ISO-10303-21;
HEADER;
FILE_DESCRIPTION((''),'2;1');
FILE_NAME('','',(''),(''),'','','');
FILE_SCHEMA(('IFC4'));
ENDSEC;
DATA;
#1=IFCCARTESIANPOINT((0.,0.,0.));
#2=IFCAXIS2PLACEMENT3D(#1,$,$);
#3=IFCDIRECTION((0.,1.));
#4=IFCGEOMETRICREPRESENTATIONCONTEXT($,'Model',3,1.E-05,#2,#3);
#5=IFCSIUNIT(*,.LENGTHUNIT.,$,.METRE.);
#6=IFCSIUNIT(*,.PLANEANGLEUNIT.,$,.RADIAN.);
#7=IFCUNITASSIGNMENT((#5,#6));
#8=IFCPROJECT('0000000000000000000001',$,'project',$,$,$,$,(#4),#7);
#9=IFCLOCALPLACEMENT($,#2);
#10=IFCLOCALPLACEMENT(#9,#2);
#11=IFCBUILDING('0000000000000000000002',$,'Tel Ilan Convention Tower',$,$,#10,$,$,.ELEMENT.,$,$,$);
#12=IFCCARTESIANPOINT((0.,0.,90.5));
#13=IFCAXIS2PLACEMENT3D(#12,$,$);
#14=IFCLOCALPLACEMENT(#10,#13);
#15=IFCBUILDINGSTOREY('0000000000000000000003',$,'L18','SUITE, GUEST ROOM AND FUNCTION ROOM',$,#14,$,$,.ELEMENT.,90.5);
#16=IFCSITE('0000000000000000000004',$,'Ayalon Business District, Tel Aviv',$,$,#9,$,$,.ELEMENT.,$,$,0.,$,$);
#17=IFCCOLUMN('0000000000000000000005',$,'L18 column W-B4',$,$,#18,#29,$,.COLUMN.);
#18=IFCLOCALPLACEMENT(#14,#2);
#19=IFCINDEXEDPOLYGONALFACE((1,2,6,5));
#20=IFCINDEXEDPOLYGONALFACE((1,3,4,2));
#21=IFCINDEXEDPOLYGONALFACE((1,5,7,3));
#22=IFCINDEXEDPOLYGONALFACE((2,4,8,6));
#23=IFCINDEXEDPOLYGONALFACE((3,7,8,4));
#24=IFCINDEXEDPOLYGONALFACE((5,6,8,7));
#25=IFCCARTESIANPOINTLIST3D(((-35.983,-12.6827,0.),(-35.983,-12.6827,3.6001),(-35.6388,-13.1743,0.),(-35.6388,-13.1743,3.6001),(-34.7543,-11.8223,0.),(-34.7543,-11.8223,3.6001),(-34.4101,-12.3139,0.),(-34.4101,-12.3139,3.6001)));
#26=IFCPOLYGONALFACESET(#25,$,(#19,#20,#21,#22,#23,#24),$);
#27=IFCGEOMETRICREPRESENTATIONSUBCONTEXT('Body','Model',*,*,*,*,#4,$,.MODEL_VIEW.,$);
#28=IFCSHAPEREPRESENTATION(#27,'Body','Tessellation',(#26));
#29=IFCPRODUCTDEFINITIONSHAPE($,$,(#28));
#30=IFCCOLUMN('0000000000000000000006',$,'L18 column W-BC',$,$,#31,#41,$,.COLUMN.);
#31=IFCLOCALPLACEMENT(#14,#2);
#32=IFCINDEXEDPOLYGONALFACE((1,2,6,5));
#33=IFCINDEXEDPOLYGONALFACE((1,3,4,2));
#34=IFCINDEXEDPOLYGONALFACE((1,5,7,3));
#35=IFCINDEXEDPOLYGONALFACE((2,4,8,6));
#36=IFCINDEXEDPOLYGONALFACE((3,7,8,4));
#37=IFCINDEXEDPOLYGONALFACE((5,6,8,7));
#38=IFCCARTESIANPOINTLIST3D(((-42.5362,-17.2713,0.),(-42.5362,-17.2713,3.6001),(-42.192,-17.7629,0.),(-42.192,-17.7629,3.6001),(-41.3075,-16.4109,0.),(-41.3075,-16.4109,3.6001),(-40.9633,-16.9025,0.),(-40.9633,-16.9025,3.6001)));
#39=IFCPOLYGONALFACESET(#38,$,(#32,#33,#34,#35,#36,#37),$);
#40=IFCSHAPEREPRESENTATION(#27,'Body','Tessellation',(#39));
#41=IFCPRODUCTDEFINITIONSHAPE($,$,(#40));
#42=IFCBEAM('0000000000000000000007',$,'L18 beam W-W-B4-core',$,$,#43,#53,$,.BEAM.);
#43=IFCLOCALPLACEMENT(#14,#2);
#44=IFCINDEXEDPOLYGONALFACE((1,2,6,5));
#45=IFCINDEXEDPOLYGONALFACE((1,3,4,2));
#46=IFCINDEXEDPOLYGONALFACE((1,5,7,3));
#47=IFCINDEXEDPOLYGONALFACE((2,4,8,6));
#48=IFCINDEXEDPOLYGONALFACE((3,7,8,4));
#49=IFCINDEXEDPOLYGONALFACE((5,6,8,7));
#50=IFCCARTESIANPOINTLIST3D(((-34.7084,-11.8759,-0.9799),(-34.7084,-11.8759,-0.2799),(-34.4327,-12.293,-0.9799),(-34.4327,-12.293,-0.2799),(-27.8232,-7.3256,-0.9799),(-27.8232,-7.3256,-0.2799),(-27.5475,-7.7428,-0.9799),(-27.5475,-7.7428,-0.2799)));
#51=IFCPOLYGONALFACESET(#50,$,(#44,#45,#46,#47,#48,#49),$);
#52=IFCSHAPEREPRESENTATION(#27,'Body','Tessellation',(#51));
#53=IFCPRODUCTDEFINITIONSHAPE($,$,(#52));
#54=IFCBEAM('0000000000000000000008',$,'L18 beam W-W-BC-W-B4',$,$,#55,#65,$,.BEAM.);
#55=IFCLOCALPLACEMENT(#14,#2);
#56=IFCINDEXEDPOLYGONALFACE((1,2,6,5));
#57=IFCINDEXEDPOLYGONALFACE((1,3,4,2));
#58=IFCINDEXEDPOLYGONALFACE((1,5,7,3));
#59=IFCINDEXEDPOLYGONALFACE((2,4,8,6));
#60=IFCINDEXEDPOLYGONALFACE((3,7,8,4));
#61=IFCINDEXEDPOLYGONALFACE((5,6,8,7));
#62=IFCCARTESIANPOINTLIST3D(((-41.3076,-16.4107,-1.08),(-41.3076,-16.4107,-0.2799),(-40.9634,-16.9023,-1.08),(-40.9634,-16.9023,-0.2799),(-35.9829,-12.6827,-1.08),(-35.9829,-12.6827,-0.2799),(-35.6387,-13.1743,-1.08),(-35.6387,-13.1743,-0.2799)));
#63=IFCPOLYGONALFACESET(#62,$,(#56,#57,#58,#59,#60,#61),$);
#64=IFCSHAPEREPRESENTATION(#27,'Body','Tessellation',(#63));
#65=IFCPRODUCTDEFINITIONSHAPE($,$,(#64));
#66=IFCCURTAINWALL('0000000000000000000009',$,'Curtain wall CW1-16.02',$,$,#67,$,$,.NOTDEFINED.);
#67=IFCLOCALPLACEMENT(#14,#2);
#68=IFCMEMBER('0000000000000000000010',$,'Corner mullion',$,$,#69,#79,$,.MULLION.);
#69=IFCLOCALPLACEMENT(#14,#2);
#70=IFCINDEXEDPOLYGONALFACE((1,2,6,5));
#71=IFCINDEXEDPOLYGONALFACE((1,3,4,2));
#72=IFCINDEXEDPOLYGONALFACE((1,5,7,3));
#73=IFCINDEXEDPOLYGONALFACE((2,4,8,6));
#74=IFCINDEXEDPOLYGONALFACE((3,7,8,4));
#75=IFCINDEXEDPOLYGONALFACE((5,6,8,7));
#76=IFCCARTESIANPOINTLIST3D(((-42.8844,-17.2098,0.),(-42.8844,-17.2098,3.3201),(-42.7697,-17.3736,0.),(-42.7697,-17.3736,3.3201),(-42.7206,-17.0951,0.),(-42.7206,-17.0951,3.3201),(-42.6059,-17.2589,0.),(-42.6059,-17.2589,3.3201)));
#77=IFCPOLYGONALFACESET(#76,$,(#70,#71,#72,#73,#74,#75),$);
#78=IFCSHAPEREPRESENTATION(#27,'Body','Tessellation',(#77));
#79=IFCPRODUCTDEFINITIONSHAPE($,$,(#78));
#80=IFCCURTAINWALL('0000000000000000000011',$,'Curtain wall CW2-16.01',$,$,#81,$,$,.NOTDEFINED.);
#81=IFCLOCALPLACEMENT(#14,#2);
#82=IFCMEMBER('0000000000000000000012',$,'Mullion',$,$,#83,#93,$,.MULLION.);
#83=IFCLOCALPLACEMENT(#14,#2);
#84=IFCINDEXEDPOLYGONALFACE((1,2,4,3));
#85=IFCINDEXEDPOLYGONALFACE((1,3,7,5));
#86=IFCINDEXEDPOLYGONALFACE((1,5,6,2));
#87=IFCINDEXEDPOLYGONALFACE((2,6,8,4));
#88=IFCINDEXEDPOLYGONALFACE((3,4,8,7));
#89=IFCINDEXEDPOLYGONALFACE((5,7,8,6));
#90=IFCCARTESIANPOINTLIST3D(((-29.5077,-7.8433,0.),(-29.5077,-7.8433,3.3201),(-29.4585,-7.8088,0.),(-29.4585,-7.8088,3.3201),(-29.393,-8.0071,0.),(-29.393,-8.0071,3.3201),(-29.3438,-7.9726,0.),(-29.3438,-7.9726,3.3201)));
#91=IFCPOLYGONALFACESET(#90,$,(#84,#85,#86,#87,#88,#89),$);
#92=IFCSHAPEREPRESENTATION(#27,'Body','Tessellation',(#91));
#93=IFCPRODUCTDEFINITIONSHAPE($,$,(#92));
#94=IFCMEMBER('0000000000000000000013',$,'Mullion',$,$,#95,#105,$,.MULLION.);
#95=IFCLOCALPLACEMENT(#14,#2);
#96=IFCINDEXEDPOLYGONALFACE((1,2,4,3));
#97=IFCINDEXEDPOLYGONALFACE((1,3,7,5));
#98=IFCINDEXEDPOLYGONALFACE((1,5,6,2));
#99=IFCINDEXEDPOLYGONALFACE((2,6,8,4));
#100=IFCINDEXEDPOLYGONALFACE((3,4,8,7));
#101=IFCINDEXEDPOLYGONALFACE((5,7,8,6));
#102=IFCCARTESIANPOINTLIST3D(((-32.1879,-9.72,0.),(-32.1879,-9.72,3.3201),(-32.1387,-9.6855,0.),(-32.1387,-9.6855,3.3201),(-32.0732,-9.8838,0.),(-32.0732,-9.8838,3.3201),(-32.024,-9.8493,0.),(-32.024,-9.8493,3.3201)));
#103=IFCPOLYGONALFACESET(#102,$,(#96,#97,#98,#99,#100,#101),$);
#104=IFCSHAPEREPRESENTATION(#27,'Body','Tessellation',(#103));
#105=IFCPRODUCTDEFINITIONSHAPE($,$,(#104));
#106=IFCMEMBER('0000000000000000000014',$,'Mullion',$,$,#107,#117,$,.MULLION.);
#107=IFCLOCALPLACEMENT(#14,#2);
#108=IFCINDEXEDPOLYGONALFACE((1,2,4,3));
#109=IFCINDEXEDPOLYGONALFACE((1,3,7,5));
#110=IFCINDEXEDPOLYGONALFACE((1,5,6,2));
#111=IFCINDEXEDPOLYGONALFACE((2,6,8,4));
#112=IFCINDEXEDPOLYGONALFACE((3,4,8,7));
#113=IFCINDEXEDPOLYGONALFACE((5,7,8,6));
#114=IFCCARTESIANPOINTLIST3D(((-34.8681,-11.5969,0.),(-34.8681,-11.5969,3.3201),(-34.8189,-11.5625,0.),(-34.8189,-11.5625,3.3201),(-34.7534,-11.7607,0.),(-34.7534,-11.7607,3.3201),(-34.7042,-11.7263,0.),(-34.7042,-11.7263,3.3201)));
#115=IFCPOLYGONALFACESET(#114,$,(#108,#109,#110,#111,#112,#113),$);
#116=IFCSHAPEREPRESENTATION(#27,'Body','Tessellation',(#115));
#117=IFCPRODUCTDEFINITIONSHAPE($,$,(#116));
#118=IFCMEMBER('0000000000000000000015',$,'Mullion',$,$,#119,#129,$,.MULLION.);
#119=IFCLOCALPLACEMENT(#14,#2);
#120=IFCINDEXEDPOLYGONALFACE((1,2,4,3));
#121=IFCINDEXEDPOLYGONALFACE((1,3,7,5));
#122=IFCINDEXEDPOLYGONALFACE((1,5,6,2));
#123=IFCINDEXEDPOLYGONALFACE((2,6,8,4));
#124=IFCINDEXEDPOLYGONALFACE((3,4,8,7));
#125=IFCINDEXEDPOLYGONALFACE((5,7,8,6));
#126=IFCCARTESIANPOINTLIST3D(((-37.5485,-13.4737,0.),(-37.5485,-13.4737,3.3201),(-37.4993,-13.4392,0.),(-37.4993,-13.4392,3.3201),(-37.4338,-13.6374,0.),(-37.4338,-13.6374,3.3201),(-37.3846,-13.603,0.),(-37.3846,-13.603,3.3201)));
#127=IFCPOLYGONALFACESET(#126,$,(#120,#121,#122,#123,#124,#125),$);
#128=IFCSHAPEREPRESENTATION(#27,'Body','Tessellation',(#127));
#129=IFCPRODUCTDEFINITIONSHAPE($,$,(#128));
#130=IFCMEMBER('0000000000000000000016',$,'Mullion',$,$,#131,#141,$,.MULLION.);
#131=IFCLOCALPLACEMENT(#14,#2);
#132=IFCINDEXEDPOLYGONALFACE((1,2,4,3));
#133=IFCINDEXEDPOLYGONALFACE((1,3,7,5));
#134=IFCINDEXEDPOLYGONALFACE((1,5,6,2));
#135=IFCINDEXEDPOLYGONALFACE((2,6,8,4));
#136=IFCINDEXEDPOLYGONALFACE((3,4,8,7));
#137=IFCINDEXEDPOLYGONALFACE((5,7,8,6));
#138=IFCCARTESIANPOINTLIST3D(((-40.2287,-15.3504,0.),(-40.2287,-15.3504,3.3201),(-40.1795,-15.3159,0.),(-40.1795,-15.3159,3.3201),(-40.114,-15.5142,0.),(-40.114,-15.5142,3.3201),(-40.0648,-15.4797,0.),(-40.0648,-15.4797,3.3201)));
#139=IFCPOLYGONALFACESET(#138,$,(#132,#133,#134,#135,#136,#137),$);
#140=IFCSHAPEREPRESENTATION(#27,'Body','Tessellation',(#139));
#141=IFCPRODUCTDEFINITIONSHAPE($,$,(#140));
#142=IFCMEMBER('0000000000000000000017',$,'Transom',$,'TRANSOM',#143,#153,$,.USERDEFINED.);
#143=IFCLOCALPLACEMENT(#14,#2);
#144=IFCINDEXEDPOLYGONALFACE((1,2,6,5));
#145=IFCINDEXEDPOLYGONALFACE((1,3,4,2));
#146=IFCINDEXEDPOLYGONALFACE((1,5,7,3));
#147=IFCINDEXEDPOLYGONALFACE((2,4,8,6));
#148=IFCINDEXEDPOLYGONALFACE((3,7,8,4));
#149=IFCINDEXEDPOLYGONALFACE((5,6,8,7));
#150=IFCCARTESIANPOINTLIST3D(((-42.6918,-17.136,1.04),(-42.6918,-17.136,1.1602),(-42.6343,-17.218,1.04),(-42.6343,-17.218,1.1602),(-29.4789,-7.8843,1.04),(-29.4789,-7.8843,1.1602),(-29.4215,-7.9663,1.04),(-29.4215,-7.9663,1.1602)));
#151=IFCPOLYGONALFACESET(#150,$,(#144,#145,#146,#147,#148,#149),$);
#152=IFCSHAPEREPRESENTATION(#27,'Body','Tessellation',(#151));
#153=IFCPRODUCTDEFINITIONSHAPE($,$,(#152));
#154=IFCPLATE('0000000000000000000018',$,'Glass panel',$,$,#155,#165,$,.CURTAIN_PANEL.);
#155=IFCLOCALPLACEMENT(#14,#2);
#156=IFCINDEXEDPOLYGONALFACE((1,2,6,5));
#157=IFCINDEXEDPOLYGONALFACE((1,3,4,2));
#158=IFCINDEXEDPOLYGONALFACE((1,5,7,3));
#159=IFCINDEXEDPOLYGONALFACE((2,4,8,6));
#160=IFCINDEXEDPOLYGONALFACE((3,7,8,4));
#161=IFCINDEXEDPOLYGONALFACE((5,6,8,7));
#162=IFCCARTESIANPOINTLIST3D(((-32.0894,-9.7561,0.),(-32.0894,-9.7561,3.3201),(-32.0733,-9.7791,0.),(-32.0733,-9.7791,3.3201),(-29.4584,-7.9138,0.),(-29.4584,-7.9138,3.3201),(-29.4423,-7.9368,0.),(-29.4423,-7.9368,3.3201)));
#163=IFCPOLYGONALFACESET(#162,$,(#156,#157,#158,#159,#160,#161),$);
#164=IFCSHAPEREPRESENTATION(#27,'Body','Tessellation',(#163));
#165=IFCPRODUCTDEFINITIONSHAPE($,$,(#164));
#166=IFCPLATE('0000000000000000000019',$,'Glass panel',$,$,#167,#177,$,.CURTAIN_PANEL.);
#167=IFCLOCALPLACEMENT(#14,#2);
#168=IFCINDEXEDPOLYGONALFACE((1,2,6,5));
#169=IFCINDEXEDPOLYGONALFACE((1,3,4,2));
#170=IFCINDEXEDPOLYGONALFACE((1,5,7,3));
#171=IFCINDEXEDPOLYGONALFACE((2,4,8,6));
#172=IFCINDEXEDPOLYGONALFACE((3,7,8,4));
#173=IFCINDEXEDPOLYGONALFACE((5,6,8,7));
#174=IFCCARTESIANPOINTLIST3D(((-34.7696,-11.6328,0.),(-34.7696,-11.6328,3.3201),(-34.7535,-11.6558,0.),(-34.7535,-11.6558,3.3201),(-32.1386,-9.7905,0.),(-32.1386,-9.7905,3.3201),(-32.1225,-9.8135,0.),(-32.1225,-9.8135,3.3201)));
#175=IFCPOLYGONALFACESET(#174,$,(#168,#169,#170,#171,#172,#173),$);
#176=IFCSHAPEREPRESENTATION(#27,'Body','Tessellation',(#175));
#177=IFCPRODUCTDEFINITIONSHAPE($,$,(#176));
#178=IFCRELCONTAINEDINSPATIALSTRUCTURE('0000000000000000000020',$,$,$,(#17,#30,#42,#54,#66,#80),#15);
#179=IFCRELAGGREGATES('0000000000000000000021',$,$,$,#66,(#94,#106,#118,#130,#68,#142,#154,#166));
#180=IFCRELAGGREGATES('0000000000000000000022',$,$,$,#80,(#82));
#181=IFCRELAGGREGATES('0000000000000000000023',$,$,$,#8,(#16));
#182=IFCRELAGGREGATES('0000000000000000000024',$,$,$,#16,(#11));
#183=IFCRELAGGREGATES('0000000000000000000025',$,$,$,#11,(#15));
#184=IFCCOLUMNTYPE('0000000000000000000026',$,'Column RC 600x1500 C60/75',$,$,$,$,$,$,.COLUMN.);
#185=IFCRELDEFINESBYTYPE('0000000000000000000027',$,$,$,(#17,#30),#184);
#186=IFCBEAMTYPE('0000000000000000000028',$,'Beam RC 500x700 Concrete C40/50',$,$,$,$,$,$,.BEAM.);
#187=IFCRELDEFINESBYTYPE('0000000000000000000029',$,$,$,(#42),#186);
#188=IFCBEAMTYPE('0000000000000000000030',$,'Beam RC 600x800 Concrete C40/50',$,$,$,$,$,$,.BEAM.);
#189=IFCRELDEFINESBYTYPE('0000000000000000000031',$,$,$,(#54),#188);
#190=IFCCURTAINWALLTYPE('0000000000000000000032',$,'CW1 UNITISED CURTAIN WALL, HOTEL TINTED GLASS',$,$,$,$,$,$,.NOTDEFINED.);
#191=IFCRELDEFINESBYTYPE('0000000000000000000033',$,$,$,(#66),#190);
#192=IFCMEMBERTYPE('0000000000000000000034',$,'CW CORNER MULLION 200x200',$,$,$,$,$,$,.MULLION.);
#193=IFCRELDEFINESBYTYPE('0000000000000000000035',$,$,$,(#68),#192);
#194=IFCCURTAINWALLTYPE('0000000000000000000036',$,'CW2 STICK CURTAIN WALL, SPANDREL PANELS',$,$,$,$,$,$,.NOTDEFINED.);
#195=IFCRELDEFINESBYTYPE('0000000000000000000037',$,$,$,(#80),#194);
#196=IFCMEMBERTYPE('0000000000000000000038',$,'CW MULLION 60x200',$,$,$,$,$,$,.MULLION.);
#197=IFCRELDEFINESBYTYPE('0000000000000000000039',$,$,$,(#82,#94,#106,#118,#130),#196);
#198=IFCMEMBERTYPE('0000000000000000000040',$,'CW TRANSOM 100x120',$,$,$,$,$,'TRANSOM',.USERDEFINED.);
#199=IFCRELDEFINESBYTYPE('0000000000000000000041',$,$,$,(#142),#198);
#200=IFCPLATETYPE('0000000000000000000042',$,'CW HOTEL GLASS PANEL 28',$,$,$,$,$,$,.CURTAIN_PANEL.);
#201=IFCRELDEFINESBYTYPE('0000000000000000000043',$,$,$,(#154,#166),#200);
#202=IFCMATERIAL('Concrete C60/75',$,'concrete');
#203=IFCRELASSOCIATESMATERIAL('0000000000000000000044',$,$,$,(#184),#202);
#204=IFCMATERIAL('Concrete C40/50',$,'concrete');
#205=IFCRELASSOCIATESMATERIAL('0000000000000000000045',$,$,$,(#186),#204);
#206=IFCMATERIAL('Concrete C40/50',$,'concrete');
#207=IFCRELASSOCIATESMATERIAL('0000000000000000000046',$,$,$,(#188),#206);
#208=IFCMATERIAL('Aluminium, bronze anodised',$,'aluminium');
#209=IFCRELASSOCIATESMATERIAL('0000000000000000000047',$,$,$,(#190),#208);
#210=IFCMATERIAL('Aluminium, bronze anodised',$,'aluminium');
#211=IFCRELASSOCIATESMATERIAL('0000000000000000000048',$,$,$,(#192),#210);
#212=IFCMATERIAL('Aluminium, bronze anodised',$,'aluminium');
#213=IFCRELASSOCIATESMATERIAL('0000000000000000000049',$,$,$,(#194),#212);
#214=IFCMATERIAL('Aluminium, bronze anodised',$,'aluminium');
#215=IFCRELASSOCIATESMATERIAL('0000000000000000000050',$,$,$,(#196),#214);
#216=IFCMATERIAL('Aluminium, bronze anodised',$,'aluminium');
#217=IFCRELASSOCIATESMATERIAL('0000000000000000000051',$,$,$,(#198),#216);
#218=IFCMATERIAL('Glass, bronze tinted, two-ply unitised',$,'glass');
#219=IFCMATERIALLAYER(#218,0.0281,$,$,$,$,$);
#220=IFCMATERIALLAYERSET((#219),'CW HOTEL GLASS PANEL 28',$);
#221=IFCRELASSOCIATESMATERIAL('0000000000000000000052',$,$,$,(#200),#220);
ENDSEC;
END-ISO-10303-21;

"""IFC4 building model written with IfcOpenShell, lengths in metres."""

from ifc_helpers import new_model, si_unit, direction, frame, origin, origin_2d, place, context, subcontext, project, spatial, rectangle, extrude, material, layer, layer_set, material_profile, profile_set, type_object, element, aggregate, save


model = new_model("IFC4")

# Units and contexts
model_context = context("Model", 3, precision=1e-05, world=origin(), true_north=direction((0.0, 1.0)))
body_context = subcontext(model_context, "Body", "Model", "MODEL_VIEW")
ifc_project = project(units=[si_unit("LENGTHUNIT", "METRE"), si_unit("PLANEANGLEUNIT", "RADIAN")], contexts=[model_context])

# Site, building, storey
site_placement = place(None, origin())
site = spatial("IfcSite", under=ifc_project, at=site_placement, Name="Ayalon Business District, Tel Aviv", CompositionType="ELEMENT", RefElevation=0.0)
building_placement = place(site_placement, origin())
building = spatial("IfcBuilding", under=site, at=building_placement, Name="Tel Ilan Convention Tower", CompositionType="ELEMENT")
storey_placement = place(building_placement, frame((0.0, 0.0, 90.5)))
storey = spatial("IfcBuildingStorey", under=building, at=storey_placement, Name="L18", Description="SUITE, GUEST ROOM AND FUNCTION ROOM", CompositionType="ELEMENT", Elevation=90.5)

# Columns
ifc_material_1 = material(Name="Concrete C60/75", Category="concrete")
ifc_material_profile_1 = material_profile(ifc_material_1, rectangle(XDim=1.5, YDim=0.6001, at=origin_2d()), Name="RC 600x1500")
ifc_profile_set_1 = profile_set([ifc_material_profile_1], Name="Concrete C60/75")
column_type = type_object("IfcColumnType", Name="Column RC 600x1500 C60/75", PredefinedType="COLUMN", material=ifc_profile_set_1)
for number, where, z_axis, x_axis, name in (
    (1, (-35.1965, -12.4983, 0.0), (0.0, 0.0, 1.0), (-0.819152, -0.573576, 0.0), "L18 column W-B4"),
    (2, (-41.7498, -17.0869, 0.0), (0.0, 0.0, 1.0), (-0.819152, -0.573576, 0.0), "L18 column W-BC"),
):
    element("IfcColumn", number, at=place(storey_placement, frame(where, z_axis=z_axis, x_axis=x_axis)), inside=storey, type_object=column_type, Name=name, PredefinedType="COLUMN", context=body_context, shape_type="SweptSolid", body=[
        extrude(rectangle(XDim=1.5, YDim=0.6001, at=origin_2d()), origin(), (0.0, 0.0, 1.0), 3.6001),
    ])

# Beams
ifc_material_2 = material(Name="Concrete C40/50", Category="concrete")
ifc_material_profile_2 = material_profile(ifc_material_2, rectangle(XDim=0.5, YDim=0.7, at=origin_2d()), Name="RC 500x700")
ifc_profile_set_2 = profile_set([ifc_material_profile_2], Name="Concrete C40/50")
beam_type_1 = type_object("IfcBeamType", Name="Beam RC 500x700 Concrete C40/50", PredefinedType="BEAM", material=ifc_profile_set_2)
beam_1_placement = place(storey_placement, frame((-34.5706, -12.0845, -0.6299), z_axis=(0.834274, 0.551351, 0.0), x_axis=(-0.551351, 0.834274, 0.0)))
element("IfcBeam", 3, at=beam_1_placement, inside=storey, type_object=beam_type_1, Name="L18 beam W-W-B4-core", PredefinedType="BEAM", context=body_context, shape_type="SweptSolid", body=[
    extrude(rectangle(XDim=0.5, YDim=0.7, at=origin_2d()), origin(), (0.0, 0.0, 1.0), 8.2529),
])
ifc_material_3 = material(Name="Concrete C40/50", Category="concrete")
ifc_material_profile_3 = material_profile(ifc_material_3, rectangle(XDim=0.6001, YDim=0.8, at=origin_2d()), Name="RC 600x800")
ifc_profile_set_3 = profile_set([ifc_material_profile_3], Name="Concrete C40/50")
beam_type_2 = type_object("IfcBeamType", Name="Beam RC 600x800 Concrete C40/50", PredefinedType="BEAM", material=ifc_profile_set_3)
beam_2_placement = place(storey_placement, frame((-41.1355, -16.6565, -0.6799), z_axis=(0.819179, 0.573538, 0.0), x_axis=(-0.573538, 0.819179, 0.0)))
element("IfcBeam", 4, at=beam_2_placement, inside=storey, type_object=beam_type_2, Name="L18 beam W-W-BC-W-B4", PredefinedType="BEAM", context=body_context, shape_type="SweptSolid", body=[
    extrude(rectangle(XDim=0.6001, YDim=0.8, at=origin_2d()), origin(), (0.0, 0.0, 1.0), 6.5),
])

# Curtain walls, members
ifc_material_4 = material(Name="Aluminium, bronze anodised", Category="aluminium")
curtain_wall_type_1 = type_object("IfcCurtainWallType", Name="CW1 UNITISED CURTAIN WALL, HOTEL TINTED GLASS", PredefinedType="NOTDEFINED", material=ifc_material_4)
curtain_wall_1_placement = place(storey_placement, origin())
curtain_wall_1 = element("IfcCurtainWall", 5, at=curtain_wall_1_placement, inside=storey, type_object=curtain_wall_type_1, Name="Curtain wall CW1-16.02", PredefinedType="NOTDEFINED")
ifc_material_5 = material(Name="Aluminium, bronze anodised", Category="aluminium")
ifc_material_profile_4 = material_profile(ifc_material_5, rectangle(XDim=0.2, YDim=0.2, at=origin_2d()), Name="CW CORNER MULLION 200x200")
ifc_profile_set_4 = profile_set([ifc_material_profile_4], Name="Aluminium, bronze anodised")
member_type_1 = type_object("IfcMemberType", Name="CW CORNER MULLION 200x200", PredefinedType="MULLION", material=ifc_profile_set_4)
member_1_placement = place(storey_placement, frame((-42.7451, -17.2344, 0.0), z_axis=(0.0, 0.0, 1.0), x_axis=(-0.819152, -0.573576, 0.0)))
member_1 = element("IfcMember", 6, at=member_1_placement, type_object=member_type_1, Name="Corner mullion", PredefinedType="MULLION", context=body_context, shape_type="SweptSolid", body=[
    extrude(rectangle(XDim=0.2, YDim=0.2, at=origin_2d()), origin(), (0.0, 0.0, 1.0), 3.3201),
])
ifc_material_6 = material(Name="Aluminium, bronze anodised", Category="aluminium")
curtain_wall_type_2 = type_object("IfcCurtainWallType", Name="CW2 STICK CURTAIN WALL, SPANDREL PANELS", PredefinedType="NOTDEFINED", material=ifc_material_6)
curtain_wall_2_placement = place(storey_placement, origin())
curtain_wall_2 = element("IfcCurtainWall", 7, at=curtain_wall_2_placement, inside=storey, type_object=curtain_wall_type_2, Name="Curtain wall CW2-16.01", PredefinedType="NOTDEFINED")
ifc_material_7 = material(Name="Aluminium, bronze anodised", Category="aluminium")
ifc_material_profile_5 = material_profile(ifc_material_7, rectangle(XDim=0.0601, YDim=0.2, at=origin_2d()), Name="CW MULLION 60x200")
ifc_profile_set_5 = profile_set([ifc_material_profile_5], Name="Aluminium, bronze anodised")
member_type_2 = type_object("IfcMemberType", Name="CW MULLION 60x200", PredefinedType="MULLION", material=ifc_profile_set_5)
member_2_placement = place(storey_placement, frame((-29.4258, -7.908, 0.0), z_axis=(0.0, 0.0, 1.0), x_axis=(-0.819152, -0.573576, 0.0)))
member_2 = element("IfcMember", 8, at=member_2_placement, type_object=member_type_2, Name="Mullion", PredefinedType="MULLION", context=body_context, shape_type="SweptSolid", body=[
    extrude(rectangle(XDim=0.0601, YDim=0.2, at=origin_2d()), origin(), (0.0, 0.0, 1.0), 3.3201),
])

# Members
member_3_placement = place(storey_placement, frame((-32.106, -9.7847, 0.0), z_axis=(0.0, 0.0, 1.0), x_axis=(-0.819152, -0.573576, 0.0)))
member_3 = element("IfcMember", 9, at=member_3_placement, type_object=member_type_2, Name="Mullion", PredefinedType="MULLION", context=body_context, shape_type="SweptSolid", body=[
    extrude(rectangle(XDim=0.0601, YDim=0.2, at=origin_2d()), origin(), (0.0, 0.0, 1.0), 3.3201),
])
member_4_placement = place(storey_placement, frame((-34.7861, -11.6616, 0.0), z_axis=(0.0, 0.0, 1.0), x_axis=(-0.819152, -0.573576, 0.0)))
member_4 = element("IfcMember", 10, at=member_4_placement, type_object=member_type_2, Name="Mullion", PredefinedType="MULLION", context=body_context, shape_type="SweptSolid", body=[
    extrude(rectangle(XDim=0.0601, YDim=0.2, at=origin_2d()), origin(), (0.0, 0.0, 1.0), 3.3201),
])
member_5_placement = place(storey_placement, frame((-37.4666, -13.5383, 0.0), z_axis=(0.0, 0.0, 1.0), x_axis=(-0.819152, -0.573576, 0.0)))
member_5 = element("IfcMember", 11, at=member_5_placement, type_object=member_type_2, Name="Mullion", PredefinedType="MULLION", context=body_context, shape_type="SweptSolid", body=[
    extrude(rectangle(XDim=0.0601, YDim=0.2, at=origin_2d()), origin(), (0.0, 0.0, 1.0), 3.3201),
])
member_6_placement = place(storey_placement, frame((-40.1467, -15.415, 0.0), z_axis=(0.0, 0.0, 1.0), x_axis=(-0.819152, -0.573576, 0.0)))
member_6 = element("IfcMember", 12, at=member_6_placement, type_object=member_type_2, Name="Mullion", PredefinedType="MULLION", context=body_context, shape_type="SweptSolid", body=[
    extrude(rectangle(XDim=0.0601, YDim=0.2, at=origin_2d()), origin(), (0.0, 0.0, 1.0), 3.3201),
])
ifc_material_8 = material(Name="Aluminium, bronze anodised", Category="aluminium")
ifc_material_profile_6 = material_profile(ifc_material_8, rectangle(XDim=0.1001, YDim=0.1201, at=origin_2d()), Name="CW TRANSOM 100x120")
ifc_profile_set_6 = profile_set([ifc_material_profile_6], Name="Aluminium, bronze anodised")
member_type_3 = type_object("IfcMemberType", Name="CW TRANSOM 100x120", ElementType="TRANSOM", PredefinedType="USERDEFINED", material=ifc_profile_set_6)
member_7_placement = place(storey_placement, frame((-29.4502, -7.9253, 1.1001), z_axis=(-0.819154, -0.573574, 0.0), x_axis=(0.573574, -0.819154, 0.0)))
member_7 = element("IfcMember", 13, at=member_7_placement, type_object=member_type_3, Name="Transom", ObjectType="TRANSOM", PredefinedType="USERDEFINED", context=body_context, shape_type="SweptSolid", body=[
    extrude(rectangle(XDim=0.1001, YDim=0.1201, at=origin_2d()), origin(), (0.0, 0.0, 1.0), 16.1299),
])

# Plates
ifc_material_9 = material(Name="Glass, bronze tinted, two-ply unitised", Category="glass")
ifc_layer_1 = layer(ifc_material_9, 0.0281)
ifc_layer_set_1 = layer_set([ifc_layer_1], Name="CW HOTEL GLASS PANEL 28")
plate_type_1 = type_object("IfcPlateType", Name="CW HOTEL GLASS PANEL 28", PredefinedType="CURTAIN_PANEL", material=ifc_layer_set_1)
plate_1_placement = place(storey_placement, frame((-30.7659, -8.8464, 0.0), z_axis=(0.0, 0.0, 1.0), x_axis=(-0.819152, -0.573576, 0.0)))
plate_1 = element("IfcPlate", 14, at=plate_1_placement, type_object=plate_type_1, Name="Glass panel", PredefinedType="CURTAIN_PANEL", context=body_context, shape_type="SweptSolid", body=[
    extrude(rectangle(XDim=3.2119, YDim=0.0281, at=origin_2d()), origin(), (0.0, 0.0, 1.0), 3.3201),
])
plate_2_placement = place(storey_placement, frame((-33.446, -10.7231, 0.0), z_axis=(0.0, 0.0, 1.0), x_axis=(-0.819152, -0.573576, 0.0)))
plate_2 = element("IfcPlate", 15, at=plate_2_placement, type_object=plate_type_1, Name="Glass panel", PredefinedType="CURTAIN_PANEL", context=body_context, shape_type="SweptSolid", body=[
    extrude(rectangle(XDim=3.2119, YDim=0.0281, at=origin_2d()), origin(), (0.0, 0.0, 1.0), 3.3201),
])
aggregate(curtain_wall_1, [member_3, member_4, member_5, member_6, member_1, member_7, plate_1, plate_2])
aggregate(curtain_wall_2, [member_2])

save(model, "model.ifc")
